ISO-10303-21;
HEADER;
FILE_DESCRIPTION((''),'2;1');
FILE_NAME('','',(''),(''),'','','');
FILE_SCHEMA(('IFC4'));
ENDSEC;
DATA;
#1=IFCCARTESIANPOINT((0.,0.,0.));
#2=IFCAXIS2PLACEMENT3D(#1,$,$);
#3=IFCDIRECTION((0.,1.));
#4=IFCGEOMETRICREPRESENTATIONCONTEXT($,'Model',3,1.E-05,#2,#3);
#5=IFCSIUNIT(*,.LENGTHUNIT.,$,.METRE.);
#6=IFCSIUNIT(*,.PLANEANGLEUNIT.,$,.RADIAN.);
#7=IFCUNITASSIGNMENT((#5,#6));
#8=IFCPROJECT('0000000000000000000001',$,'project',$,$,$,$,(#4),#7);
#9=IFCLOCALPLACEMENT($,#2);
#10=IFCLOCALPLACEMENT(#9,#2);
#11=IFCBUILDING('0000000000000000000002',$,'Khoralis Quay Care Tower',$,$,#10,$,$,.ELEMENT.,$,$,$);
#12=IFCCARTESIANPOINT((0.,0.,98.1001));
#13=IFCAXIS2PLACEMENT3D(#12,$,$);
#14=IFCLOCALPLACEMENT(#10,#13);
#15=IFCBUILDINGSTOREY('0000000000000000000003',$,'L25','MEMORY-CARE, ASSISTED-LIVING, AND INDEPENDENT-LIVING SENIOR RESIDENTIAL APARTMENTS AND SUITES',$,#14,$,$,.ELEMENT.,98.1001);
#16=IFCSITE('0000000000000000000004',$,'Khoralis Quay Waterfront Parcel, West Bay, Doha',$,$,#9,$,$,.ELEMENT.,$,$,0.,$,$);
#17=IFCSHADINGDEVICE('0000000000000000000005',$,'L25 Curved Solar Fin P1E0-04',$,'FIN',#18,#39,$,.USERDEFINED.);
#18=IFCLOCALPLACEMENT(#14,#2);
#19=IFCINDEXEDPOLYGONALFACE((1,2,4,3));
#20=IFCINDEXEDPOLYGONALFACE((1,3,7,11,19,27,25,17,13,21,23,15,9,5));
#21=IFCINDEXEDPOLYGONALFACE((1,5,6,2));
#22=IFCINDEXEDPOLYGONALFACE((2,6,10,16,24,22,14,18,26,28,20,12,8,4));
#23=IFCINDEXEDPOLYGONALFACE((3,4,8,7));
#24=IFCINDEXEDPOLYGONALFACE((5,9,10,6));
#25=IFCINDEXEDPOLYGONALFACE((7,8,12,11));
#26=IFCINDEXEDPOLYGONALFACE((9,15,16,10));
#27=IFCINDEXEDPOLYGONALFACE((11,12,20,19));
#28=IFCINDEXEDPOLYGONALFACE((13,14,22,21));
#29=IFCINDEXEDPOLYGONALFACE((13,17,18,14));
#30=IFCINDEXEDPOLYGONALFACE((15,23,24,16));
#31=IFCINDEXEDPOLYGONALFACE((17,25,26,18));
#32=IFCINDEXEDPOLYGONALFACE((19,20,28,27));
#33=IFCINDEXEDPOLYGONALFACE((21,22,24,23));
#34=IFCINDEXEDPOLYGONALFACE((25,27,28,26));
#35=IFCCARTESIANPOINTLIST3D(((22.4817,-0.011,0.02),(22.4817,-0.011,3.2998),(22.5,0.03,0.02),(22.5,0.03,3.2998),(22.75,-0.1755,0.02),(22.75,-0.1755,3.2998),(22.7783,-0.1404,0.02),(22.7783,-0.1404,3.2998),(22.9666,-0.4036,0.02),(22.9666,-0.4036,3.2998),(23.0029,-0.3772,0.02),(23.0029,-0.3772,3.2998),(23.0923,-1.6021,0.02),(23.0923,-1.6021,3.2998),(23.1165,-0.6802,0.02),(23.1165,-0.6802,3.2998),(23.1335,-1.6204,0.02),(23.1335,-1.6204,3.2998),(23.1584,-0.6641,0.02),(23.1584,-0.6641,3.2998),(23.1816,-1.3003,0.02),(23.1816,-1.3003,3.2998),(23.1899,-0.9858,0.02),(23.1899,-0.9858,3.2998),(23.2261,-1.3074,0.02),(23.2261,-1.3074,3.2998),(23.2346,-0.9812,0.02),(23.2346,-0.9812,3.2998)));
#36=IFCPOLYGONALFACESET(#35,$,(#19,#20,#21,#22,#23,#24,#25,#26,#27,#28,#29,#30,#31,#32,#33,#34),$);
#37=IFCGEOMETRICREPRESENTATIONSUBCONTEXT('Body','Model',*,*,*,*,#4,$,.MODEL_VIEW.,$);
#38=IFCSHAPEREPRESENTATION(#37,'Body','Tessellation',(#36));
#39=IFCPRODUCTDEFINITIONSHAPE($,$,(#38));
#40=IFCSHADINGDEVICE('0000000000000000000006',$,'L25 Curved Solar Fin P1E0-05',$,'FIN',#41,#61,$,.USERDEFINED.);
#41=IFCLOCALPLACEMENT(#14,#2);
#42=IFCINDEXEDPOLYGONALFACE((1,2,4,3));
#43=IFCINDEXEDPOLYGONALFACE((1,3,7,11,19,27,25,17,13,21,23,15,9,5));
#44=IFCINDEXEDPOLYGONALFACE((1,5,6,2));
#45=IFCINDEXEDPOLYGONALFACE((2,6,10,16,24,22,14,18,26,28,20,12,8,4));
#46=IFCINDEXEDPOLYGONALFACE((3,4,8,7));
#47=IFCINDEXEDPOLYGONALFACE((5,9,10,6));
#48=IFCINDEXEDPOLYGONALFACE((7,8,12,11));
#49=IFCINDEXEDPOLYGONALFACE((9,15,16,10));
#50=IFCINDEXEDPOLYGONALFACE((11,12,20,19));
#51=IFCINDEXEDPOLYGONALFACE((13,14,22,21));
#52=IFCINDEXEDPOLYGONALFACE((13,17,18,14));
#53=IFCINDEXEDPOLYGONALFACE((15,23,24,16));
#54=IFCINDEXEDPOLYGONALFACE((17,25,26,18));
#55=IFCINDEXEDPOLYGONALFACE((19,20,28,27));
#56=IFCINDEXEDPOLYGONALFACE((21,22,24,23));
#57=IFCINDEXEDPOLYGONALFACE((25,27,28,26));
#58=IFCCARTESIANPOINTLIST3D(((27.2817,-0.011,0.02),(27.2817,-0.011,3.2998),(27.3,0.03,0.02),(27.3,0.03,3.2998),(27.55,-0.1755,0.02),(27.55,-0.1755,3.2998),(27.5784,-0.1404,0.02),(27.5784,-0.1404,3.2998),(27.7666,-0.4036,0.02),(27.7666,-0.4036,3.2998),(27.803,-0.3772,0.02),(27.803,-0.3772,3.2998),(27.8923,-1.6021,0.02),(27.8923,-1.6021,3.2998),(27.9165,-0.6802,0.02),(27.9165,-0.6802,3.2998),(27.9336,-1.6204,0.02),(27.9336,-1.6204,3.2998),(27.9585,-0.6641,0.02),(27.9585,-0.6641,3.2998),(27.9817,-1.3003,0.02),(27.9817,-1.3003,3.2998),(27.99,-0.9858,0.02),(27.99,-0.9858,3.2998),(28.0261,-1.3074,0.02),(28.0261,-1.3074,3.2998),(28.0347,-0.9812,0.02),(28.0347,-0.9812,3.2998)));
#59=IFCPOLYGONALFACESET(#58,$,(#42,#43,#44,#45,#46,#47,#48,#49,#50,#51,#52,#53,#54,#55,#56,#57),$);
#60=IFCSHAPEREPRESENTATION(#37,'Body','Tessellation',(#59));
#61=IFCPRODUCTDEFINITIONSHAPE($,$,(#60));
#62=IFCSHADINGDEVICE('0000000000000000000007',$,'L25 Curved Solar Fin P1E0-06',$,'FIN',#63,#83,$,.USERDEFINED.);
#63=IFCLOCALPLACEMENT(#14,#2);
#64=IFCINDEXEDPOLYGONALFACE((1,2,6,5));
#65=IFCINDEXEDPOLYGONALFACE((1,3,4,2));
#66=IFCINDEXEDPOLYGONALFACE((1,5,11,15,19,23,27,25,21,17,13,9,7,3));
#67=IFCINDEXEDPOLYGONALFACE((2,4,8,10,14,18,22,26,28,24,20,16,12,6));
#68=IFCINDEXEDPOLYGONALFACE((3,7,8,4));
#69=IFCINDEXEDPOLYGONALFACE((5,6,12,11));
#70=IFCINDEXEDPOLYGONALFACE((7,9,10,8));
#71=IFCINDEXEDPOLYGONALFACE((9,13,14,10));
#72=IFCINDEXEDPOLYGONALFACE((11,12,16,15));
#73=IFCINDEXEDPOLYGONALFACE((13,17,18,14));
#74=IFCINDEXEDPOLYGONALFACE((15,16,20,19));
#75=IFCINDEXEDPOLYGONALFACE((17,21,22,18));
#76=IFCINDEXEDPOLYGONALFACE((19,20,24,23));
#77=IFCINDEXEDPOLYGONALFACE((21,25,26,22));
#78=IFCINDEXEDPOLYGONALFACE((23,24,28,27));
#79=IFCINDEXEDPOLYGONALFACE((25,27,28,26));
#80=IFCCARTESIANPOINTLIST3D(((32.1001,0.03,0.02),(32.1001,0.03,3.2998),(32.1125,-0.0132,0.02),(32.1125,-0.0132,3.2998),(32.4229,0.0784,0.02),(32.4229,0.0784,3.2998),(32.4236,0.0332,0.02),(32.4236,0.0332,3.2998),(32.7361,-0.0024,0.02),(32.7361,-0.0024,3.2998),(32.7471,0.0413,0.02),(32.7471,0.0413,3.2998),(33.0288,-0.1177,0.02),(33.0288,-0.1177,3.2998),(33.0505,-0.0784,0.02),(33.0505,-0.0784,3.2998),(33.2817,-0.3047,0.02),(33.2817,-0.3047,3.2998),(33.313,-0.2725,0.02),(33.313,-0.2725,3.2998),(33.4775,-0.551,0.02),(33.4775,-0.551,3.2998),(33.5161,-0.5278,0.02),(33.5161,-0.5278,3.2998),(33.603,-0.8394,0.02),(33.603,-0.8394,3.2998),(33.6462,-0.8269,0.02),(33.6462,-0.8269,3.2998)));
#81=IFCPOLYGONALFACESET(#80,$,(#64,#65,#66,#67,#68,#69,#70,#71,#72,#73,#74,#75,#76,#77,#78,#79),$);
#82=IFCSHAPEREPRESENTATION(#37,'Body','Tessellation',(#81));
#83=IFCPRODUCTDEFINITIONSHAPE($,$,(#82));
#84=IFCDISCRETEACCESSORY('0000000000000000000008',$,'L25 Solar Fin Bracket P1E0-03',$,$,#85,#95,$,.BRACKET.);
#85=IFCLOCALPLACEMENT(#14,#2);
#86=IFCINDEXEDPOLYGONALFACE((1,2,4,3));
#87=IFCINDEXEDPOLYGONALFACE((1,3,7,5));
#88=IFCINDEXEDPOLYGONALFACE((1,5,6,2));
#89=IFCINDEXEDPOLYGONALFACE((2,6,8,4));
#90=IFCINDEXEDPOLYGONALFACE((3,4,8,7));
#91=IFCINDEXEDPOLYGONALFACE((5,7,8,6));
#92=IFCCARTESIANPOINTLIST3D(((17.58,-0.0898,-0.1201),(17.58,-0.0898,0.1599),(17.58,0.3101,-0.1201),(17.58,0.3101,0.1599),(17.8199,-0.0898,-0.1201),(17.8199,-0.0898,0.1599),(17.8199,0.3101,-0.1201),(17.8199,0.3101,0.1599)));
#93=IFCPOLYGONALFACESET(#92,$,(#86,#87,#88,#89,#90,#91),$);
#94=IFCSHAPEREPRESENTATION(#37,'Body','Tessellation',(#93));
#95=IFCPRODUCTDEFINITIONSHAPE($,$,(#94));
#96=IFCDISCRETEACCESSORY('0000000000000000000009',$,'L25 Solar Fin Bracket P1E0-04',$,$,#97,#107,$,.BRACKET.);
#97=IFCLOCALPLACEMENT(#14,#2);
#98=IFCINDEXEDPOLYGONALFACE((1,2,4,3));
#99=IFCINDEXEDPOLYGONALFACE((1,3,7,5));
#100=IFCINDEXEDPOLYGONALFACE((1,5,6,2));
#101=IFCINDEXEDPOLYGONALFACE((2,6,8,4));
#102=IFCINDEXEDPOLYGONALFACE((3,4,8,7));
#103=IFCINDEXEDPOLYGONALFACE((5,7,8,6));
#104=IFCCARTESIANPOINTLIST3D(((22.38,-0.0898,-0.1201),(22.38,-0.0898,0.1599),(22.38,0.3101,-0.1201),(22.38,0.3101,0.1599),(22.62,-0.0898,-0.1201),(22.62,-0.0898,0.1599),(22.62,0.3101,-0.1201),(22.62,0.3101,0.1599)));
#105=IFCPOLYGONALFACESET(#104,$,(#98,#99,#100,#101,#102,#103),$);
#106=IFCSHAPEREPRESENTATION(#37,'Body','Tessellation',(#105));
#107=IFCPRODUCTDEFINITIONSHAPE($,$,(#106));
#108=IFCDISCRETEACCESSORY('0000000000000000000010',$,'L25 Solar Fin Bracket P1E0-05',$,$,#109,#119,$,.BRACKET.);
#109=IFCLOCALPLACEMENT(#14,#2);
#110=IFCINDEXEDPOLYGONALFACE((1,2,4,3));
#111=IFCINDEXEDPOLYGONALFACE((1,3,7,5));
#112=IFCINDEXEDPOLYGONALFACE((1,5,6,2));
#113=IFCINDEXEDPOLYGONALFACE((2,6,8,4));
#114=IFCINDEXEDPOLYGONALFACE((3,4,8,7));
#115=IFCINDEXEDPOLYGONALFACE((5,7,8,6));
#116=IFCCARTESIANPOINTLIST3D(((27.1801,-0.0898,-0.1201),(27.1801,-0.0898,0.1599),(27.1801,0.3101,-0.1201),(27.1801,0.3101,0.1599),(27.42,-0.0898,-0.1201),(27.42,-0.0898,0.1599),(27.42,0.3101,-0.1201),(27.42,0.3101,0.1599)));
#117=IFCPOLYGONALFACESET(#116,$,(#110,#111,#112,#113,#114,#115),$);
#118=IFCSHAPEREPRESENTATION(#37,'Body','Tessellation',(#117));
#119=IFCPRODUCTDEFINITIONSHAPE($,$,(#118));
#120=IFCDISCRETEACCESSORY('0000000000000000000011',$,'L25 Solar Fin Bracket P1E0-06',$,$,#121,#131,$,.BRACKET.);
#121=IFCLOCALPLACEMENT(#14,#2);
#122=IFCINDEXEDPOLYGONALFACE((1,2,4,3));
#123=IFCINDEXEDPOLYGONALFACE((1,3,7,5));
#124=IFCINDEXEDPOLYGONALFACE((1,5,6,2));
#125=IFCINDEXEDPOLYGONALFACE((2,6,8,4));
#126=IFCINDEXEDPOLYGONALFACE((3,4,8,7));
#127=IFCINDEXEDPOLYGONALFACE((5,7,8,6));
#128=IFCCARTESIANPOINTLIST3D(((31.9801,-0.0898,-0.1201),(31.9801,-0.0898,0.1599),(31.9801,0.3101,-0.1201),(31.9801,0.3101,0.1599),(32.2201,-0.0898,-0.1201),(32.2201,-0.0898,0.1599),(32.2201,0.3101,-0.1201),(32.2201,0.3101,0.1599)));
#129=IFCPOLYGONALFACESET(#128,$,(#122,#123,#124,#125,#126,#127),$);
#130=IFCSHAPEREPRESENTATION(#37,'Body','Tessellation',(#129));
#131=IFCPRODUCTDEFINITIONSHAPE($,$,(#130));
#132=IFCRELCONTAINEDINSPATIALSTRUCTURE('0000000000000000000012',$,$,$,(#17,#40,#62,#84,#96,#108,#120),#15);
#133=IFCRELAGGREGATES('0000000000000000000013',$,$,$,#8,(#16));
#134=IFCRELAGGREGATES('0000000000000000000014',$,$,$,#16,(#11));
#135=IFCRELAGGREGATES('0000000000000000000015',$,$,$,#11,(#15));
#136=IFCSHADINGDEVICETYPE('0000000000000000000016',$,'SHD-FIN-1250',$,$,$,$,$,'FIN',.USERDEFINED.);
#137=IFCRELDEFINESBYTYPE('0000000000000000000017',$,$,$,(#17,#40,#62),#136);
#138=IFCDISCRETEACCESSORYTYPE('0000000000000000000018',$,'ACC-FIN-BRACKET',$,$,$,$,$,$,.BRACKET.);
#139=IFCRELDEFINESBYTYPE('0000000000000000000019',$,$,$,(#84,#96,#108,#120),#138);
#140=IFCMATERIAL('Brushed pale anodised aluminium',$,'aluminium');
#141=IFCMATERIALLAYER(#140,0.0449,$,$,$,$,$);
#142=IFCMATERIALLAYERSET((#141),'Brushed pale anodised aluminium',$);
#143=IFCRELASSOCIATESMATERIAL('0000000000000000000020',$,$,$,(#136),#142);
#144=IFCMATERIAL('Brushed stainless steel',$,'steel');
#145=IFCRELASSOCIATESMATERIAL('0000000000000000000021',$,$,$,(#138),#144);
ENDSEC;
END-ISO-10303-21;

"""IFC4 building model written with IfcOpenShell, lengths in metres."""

from ifc_helpers import new_model, si_unit, direction, frame, origin, origin_2d, place, context, subcontext, project, spatial, polyline, rectangle, outline, extrude, source, transform, mapped, material, layer, layer_set, type_object, element, save


model = new_model("IFC4")

# Units and contexts
model_context = context("Model", 3, precision=1e-05, world=origin(), true_north=direction((0.0, 1.0)))
body_context = subcontext(model_context, "Body", "Model", "MODEL_VIEW")
ifc_project = project(units=[si_unit("LENGTHUNIT", "METRE"), si_unit("PLANEANGLEUNIT", "RADIAN")], contexts=[model_context])

# Site, building, storey
site_placement = place(None, origin())
site = spatial("IfcSite", under=ifc_project, at=site_placement, Name="Khoralis Quay Waterfront Parcel, West Bay, Doha", CompositionType="ELEMENT", RefElevation=0.0)
building_placement = place(site_placement, origin())
building = spatial("IfcBuilding", under=site, at=building_placement, Name="Khoralis Quay Care Tower", CompositionType="ELEMENT")
storey_placement = place(building_placement, frame((0.0, 0.0, 98.1001)))
storey = spatial("IfcBuildingStorey", under=building, at=storey_placement, Name="L25", Description="MEMORY-CARE, ASSISTED-LIVING, AND INDEPENDENT-LIVING SENIOR RESIDENTIAL APARTMENTS AND SUITES", CompositionType="ELEMENT", Elevation=98.1001)

# Shading devices
ifc_material_1 = material(Name="Brushed pale anodised aluminium", Category="aluminium")
ifc_layer_1 = layer(ifc_material_1, 0.0449)
ifc_layer_set_1 = layer_set([ifc_layer_1], Name="Brushed pale anodised aluminium")
shading_device_type = type_object("IfcShadingDeviceType", Name="SHD-FIN-1250", ElementType="FIN", PredefinedType="USERDEFINED", material=ifc_layer_set_1)
shared_shape_1 = source(origin(), body_context, "Body", "SweptSolid", [
    extrude(outline(polyline([(0.0, 0.0), (0.1704, 0.2783), (0.4072, 0.5029), (0.6941, 0.6584), (1.0112, 0.7346), (1.3374, 0.7261), (1.6504, 0.6335), (1.6321, 0.5923), (1.3303, 0.6816), (1.0159, 0.6899), (0.7102, 0.6165), (0.4336, 0.4666), (0.2056, 0.25), (0.041, -0.0183), (0.0, 0.0)])), origin(), (0.0, 0.0, 1.0), 3.2798),
])
for number, where, z_axis, x_axis, name in (
    (1, (22.5, 0.03, 0.02), (0.0, 0.0, 1.0), (0.0, -1.0, 0.0), "L25 Curved Solar Fin P1E0-04"),
    (2, (27.3, 0.03, 0.02), (0.0, 0.0, 1.0), (0.0, -1.0, 0.0), "L25 Curved Solar Fin P1E0-05"),
):
    element("IfcShadingDevice", number, at=place(storey_placement, frame(where, z_axis=z_axis, x_axis=x_axis)), inside=storey, type_object=shading_device_type, Name=name, ObjectType="FIN", PredefinedType="USERDEFINED", context=body_context, shape_type="MappedRepresentation", body=[
        mapped(shared_shape_1, transform((0.0, 0.0, 0.0), scale=1.0)),
    ])
shared_shape_2 = source(origin(), body_context, "Body", "SweptSolid", [
    extrude(outline(polyline([(0.0, 0.0), (-0.0483, 0.3228), (-0.0112, 0.647), (0.1084, 0.9504), (0.3025, 1.2129), (0.5579, 1.416), (0.8569, 1.5461), (0.8694, 1.5029), (0.5811, 1.3774), (0.3347, 1.1816), (0.1477, 0.9287), (0.0325, 0.636), (-0.0032, 0.3235), (0.0432, 0.0125), (0.0, 0.0)])), origin(), (0.0, 0.0, 1.0), 3.2798),
])
shading_device_placement = place(storey_placement, frame((32.1001, 0.03, 0.02), z_axis=(0.0, 0.0, 1.0), x_axis=(0.0, -1.0, 0.0)))
element("IfcShadingDevice", 3, at=shading_device_placement, inside=storey, type_object=shading_device_type, Name="L25 Curved Solar Fin P1E0-06", ObjectType="FIN", PredefinedType="USERDEFINED", context=body_context, shape_type="MappedRepresentation", body=[
    mapped(shared_shape_2, transform((0.0, 0.0, 0.0), scale=1.0)),
])

# Discrete accessories
ifc_material_2 = material(Name="Brushed stainless steel", Category="steel")
discrete_accessory_type = type_object("IfcDiscreteAccessoryType", Name="ACC-FIN-BRACKET", PredefinedType="BRACKET", material=ifc_material_2)
shared_shape_3 = source(origin(), body_context, "Body", "SweptSolid", [
    extrude(rectangle(XDim=0.3999, YDim=0.24, at=origin_2d()), origin(), (0.0, 0.0, 1.0), 0.28),
])
for number, where, z_axis, x_axis, name in (
    (4, (17.7, 0.1101, -0.1201), (0.0, 0.0, 1.0), (0.0, -1.0, 0.0), "L25 Solar Fin Bracket P1E0-03"),
    (5, (22.5, 0.1101, -0.1201), (0.0, 0.0, 1.0), (0.0, -1.0, 0.0), "L25 Solar Fin Bracket P1E0-04"),
    (6, (27.3, 0.1101, -0.1201), (0.0, 0.0, 1.0), (0.0, -1.0, 0.0), "L25 Solar Fin Bracket P1E0-05"),
    (7, (32.1001, 0.1101, -0.1201), (0.0, 0.0, 1.0), (0.0, -1.0, 0.0), "L25 Solar Fin Bracket P1E0-06"),
):
    element("IfcDiscreteAccessory", number, at=place(storey_placement, frame(where, z_axis=z_axis, x_axis=x_axis)), inside=storey, type_object=discrete_accessory_type, Name=name, PredefinedType="BRACKET", context=body_context, shape_type="MappedRepresentation", body=[
        mapped(shared_shape_3, transform((0.0, 0.0, 0.0), scale=1.0)),
    ])

save(model, "model.ifc")
